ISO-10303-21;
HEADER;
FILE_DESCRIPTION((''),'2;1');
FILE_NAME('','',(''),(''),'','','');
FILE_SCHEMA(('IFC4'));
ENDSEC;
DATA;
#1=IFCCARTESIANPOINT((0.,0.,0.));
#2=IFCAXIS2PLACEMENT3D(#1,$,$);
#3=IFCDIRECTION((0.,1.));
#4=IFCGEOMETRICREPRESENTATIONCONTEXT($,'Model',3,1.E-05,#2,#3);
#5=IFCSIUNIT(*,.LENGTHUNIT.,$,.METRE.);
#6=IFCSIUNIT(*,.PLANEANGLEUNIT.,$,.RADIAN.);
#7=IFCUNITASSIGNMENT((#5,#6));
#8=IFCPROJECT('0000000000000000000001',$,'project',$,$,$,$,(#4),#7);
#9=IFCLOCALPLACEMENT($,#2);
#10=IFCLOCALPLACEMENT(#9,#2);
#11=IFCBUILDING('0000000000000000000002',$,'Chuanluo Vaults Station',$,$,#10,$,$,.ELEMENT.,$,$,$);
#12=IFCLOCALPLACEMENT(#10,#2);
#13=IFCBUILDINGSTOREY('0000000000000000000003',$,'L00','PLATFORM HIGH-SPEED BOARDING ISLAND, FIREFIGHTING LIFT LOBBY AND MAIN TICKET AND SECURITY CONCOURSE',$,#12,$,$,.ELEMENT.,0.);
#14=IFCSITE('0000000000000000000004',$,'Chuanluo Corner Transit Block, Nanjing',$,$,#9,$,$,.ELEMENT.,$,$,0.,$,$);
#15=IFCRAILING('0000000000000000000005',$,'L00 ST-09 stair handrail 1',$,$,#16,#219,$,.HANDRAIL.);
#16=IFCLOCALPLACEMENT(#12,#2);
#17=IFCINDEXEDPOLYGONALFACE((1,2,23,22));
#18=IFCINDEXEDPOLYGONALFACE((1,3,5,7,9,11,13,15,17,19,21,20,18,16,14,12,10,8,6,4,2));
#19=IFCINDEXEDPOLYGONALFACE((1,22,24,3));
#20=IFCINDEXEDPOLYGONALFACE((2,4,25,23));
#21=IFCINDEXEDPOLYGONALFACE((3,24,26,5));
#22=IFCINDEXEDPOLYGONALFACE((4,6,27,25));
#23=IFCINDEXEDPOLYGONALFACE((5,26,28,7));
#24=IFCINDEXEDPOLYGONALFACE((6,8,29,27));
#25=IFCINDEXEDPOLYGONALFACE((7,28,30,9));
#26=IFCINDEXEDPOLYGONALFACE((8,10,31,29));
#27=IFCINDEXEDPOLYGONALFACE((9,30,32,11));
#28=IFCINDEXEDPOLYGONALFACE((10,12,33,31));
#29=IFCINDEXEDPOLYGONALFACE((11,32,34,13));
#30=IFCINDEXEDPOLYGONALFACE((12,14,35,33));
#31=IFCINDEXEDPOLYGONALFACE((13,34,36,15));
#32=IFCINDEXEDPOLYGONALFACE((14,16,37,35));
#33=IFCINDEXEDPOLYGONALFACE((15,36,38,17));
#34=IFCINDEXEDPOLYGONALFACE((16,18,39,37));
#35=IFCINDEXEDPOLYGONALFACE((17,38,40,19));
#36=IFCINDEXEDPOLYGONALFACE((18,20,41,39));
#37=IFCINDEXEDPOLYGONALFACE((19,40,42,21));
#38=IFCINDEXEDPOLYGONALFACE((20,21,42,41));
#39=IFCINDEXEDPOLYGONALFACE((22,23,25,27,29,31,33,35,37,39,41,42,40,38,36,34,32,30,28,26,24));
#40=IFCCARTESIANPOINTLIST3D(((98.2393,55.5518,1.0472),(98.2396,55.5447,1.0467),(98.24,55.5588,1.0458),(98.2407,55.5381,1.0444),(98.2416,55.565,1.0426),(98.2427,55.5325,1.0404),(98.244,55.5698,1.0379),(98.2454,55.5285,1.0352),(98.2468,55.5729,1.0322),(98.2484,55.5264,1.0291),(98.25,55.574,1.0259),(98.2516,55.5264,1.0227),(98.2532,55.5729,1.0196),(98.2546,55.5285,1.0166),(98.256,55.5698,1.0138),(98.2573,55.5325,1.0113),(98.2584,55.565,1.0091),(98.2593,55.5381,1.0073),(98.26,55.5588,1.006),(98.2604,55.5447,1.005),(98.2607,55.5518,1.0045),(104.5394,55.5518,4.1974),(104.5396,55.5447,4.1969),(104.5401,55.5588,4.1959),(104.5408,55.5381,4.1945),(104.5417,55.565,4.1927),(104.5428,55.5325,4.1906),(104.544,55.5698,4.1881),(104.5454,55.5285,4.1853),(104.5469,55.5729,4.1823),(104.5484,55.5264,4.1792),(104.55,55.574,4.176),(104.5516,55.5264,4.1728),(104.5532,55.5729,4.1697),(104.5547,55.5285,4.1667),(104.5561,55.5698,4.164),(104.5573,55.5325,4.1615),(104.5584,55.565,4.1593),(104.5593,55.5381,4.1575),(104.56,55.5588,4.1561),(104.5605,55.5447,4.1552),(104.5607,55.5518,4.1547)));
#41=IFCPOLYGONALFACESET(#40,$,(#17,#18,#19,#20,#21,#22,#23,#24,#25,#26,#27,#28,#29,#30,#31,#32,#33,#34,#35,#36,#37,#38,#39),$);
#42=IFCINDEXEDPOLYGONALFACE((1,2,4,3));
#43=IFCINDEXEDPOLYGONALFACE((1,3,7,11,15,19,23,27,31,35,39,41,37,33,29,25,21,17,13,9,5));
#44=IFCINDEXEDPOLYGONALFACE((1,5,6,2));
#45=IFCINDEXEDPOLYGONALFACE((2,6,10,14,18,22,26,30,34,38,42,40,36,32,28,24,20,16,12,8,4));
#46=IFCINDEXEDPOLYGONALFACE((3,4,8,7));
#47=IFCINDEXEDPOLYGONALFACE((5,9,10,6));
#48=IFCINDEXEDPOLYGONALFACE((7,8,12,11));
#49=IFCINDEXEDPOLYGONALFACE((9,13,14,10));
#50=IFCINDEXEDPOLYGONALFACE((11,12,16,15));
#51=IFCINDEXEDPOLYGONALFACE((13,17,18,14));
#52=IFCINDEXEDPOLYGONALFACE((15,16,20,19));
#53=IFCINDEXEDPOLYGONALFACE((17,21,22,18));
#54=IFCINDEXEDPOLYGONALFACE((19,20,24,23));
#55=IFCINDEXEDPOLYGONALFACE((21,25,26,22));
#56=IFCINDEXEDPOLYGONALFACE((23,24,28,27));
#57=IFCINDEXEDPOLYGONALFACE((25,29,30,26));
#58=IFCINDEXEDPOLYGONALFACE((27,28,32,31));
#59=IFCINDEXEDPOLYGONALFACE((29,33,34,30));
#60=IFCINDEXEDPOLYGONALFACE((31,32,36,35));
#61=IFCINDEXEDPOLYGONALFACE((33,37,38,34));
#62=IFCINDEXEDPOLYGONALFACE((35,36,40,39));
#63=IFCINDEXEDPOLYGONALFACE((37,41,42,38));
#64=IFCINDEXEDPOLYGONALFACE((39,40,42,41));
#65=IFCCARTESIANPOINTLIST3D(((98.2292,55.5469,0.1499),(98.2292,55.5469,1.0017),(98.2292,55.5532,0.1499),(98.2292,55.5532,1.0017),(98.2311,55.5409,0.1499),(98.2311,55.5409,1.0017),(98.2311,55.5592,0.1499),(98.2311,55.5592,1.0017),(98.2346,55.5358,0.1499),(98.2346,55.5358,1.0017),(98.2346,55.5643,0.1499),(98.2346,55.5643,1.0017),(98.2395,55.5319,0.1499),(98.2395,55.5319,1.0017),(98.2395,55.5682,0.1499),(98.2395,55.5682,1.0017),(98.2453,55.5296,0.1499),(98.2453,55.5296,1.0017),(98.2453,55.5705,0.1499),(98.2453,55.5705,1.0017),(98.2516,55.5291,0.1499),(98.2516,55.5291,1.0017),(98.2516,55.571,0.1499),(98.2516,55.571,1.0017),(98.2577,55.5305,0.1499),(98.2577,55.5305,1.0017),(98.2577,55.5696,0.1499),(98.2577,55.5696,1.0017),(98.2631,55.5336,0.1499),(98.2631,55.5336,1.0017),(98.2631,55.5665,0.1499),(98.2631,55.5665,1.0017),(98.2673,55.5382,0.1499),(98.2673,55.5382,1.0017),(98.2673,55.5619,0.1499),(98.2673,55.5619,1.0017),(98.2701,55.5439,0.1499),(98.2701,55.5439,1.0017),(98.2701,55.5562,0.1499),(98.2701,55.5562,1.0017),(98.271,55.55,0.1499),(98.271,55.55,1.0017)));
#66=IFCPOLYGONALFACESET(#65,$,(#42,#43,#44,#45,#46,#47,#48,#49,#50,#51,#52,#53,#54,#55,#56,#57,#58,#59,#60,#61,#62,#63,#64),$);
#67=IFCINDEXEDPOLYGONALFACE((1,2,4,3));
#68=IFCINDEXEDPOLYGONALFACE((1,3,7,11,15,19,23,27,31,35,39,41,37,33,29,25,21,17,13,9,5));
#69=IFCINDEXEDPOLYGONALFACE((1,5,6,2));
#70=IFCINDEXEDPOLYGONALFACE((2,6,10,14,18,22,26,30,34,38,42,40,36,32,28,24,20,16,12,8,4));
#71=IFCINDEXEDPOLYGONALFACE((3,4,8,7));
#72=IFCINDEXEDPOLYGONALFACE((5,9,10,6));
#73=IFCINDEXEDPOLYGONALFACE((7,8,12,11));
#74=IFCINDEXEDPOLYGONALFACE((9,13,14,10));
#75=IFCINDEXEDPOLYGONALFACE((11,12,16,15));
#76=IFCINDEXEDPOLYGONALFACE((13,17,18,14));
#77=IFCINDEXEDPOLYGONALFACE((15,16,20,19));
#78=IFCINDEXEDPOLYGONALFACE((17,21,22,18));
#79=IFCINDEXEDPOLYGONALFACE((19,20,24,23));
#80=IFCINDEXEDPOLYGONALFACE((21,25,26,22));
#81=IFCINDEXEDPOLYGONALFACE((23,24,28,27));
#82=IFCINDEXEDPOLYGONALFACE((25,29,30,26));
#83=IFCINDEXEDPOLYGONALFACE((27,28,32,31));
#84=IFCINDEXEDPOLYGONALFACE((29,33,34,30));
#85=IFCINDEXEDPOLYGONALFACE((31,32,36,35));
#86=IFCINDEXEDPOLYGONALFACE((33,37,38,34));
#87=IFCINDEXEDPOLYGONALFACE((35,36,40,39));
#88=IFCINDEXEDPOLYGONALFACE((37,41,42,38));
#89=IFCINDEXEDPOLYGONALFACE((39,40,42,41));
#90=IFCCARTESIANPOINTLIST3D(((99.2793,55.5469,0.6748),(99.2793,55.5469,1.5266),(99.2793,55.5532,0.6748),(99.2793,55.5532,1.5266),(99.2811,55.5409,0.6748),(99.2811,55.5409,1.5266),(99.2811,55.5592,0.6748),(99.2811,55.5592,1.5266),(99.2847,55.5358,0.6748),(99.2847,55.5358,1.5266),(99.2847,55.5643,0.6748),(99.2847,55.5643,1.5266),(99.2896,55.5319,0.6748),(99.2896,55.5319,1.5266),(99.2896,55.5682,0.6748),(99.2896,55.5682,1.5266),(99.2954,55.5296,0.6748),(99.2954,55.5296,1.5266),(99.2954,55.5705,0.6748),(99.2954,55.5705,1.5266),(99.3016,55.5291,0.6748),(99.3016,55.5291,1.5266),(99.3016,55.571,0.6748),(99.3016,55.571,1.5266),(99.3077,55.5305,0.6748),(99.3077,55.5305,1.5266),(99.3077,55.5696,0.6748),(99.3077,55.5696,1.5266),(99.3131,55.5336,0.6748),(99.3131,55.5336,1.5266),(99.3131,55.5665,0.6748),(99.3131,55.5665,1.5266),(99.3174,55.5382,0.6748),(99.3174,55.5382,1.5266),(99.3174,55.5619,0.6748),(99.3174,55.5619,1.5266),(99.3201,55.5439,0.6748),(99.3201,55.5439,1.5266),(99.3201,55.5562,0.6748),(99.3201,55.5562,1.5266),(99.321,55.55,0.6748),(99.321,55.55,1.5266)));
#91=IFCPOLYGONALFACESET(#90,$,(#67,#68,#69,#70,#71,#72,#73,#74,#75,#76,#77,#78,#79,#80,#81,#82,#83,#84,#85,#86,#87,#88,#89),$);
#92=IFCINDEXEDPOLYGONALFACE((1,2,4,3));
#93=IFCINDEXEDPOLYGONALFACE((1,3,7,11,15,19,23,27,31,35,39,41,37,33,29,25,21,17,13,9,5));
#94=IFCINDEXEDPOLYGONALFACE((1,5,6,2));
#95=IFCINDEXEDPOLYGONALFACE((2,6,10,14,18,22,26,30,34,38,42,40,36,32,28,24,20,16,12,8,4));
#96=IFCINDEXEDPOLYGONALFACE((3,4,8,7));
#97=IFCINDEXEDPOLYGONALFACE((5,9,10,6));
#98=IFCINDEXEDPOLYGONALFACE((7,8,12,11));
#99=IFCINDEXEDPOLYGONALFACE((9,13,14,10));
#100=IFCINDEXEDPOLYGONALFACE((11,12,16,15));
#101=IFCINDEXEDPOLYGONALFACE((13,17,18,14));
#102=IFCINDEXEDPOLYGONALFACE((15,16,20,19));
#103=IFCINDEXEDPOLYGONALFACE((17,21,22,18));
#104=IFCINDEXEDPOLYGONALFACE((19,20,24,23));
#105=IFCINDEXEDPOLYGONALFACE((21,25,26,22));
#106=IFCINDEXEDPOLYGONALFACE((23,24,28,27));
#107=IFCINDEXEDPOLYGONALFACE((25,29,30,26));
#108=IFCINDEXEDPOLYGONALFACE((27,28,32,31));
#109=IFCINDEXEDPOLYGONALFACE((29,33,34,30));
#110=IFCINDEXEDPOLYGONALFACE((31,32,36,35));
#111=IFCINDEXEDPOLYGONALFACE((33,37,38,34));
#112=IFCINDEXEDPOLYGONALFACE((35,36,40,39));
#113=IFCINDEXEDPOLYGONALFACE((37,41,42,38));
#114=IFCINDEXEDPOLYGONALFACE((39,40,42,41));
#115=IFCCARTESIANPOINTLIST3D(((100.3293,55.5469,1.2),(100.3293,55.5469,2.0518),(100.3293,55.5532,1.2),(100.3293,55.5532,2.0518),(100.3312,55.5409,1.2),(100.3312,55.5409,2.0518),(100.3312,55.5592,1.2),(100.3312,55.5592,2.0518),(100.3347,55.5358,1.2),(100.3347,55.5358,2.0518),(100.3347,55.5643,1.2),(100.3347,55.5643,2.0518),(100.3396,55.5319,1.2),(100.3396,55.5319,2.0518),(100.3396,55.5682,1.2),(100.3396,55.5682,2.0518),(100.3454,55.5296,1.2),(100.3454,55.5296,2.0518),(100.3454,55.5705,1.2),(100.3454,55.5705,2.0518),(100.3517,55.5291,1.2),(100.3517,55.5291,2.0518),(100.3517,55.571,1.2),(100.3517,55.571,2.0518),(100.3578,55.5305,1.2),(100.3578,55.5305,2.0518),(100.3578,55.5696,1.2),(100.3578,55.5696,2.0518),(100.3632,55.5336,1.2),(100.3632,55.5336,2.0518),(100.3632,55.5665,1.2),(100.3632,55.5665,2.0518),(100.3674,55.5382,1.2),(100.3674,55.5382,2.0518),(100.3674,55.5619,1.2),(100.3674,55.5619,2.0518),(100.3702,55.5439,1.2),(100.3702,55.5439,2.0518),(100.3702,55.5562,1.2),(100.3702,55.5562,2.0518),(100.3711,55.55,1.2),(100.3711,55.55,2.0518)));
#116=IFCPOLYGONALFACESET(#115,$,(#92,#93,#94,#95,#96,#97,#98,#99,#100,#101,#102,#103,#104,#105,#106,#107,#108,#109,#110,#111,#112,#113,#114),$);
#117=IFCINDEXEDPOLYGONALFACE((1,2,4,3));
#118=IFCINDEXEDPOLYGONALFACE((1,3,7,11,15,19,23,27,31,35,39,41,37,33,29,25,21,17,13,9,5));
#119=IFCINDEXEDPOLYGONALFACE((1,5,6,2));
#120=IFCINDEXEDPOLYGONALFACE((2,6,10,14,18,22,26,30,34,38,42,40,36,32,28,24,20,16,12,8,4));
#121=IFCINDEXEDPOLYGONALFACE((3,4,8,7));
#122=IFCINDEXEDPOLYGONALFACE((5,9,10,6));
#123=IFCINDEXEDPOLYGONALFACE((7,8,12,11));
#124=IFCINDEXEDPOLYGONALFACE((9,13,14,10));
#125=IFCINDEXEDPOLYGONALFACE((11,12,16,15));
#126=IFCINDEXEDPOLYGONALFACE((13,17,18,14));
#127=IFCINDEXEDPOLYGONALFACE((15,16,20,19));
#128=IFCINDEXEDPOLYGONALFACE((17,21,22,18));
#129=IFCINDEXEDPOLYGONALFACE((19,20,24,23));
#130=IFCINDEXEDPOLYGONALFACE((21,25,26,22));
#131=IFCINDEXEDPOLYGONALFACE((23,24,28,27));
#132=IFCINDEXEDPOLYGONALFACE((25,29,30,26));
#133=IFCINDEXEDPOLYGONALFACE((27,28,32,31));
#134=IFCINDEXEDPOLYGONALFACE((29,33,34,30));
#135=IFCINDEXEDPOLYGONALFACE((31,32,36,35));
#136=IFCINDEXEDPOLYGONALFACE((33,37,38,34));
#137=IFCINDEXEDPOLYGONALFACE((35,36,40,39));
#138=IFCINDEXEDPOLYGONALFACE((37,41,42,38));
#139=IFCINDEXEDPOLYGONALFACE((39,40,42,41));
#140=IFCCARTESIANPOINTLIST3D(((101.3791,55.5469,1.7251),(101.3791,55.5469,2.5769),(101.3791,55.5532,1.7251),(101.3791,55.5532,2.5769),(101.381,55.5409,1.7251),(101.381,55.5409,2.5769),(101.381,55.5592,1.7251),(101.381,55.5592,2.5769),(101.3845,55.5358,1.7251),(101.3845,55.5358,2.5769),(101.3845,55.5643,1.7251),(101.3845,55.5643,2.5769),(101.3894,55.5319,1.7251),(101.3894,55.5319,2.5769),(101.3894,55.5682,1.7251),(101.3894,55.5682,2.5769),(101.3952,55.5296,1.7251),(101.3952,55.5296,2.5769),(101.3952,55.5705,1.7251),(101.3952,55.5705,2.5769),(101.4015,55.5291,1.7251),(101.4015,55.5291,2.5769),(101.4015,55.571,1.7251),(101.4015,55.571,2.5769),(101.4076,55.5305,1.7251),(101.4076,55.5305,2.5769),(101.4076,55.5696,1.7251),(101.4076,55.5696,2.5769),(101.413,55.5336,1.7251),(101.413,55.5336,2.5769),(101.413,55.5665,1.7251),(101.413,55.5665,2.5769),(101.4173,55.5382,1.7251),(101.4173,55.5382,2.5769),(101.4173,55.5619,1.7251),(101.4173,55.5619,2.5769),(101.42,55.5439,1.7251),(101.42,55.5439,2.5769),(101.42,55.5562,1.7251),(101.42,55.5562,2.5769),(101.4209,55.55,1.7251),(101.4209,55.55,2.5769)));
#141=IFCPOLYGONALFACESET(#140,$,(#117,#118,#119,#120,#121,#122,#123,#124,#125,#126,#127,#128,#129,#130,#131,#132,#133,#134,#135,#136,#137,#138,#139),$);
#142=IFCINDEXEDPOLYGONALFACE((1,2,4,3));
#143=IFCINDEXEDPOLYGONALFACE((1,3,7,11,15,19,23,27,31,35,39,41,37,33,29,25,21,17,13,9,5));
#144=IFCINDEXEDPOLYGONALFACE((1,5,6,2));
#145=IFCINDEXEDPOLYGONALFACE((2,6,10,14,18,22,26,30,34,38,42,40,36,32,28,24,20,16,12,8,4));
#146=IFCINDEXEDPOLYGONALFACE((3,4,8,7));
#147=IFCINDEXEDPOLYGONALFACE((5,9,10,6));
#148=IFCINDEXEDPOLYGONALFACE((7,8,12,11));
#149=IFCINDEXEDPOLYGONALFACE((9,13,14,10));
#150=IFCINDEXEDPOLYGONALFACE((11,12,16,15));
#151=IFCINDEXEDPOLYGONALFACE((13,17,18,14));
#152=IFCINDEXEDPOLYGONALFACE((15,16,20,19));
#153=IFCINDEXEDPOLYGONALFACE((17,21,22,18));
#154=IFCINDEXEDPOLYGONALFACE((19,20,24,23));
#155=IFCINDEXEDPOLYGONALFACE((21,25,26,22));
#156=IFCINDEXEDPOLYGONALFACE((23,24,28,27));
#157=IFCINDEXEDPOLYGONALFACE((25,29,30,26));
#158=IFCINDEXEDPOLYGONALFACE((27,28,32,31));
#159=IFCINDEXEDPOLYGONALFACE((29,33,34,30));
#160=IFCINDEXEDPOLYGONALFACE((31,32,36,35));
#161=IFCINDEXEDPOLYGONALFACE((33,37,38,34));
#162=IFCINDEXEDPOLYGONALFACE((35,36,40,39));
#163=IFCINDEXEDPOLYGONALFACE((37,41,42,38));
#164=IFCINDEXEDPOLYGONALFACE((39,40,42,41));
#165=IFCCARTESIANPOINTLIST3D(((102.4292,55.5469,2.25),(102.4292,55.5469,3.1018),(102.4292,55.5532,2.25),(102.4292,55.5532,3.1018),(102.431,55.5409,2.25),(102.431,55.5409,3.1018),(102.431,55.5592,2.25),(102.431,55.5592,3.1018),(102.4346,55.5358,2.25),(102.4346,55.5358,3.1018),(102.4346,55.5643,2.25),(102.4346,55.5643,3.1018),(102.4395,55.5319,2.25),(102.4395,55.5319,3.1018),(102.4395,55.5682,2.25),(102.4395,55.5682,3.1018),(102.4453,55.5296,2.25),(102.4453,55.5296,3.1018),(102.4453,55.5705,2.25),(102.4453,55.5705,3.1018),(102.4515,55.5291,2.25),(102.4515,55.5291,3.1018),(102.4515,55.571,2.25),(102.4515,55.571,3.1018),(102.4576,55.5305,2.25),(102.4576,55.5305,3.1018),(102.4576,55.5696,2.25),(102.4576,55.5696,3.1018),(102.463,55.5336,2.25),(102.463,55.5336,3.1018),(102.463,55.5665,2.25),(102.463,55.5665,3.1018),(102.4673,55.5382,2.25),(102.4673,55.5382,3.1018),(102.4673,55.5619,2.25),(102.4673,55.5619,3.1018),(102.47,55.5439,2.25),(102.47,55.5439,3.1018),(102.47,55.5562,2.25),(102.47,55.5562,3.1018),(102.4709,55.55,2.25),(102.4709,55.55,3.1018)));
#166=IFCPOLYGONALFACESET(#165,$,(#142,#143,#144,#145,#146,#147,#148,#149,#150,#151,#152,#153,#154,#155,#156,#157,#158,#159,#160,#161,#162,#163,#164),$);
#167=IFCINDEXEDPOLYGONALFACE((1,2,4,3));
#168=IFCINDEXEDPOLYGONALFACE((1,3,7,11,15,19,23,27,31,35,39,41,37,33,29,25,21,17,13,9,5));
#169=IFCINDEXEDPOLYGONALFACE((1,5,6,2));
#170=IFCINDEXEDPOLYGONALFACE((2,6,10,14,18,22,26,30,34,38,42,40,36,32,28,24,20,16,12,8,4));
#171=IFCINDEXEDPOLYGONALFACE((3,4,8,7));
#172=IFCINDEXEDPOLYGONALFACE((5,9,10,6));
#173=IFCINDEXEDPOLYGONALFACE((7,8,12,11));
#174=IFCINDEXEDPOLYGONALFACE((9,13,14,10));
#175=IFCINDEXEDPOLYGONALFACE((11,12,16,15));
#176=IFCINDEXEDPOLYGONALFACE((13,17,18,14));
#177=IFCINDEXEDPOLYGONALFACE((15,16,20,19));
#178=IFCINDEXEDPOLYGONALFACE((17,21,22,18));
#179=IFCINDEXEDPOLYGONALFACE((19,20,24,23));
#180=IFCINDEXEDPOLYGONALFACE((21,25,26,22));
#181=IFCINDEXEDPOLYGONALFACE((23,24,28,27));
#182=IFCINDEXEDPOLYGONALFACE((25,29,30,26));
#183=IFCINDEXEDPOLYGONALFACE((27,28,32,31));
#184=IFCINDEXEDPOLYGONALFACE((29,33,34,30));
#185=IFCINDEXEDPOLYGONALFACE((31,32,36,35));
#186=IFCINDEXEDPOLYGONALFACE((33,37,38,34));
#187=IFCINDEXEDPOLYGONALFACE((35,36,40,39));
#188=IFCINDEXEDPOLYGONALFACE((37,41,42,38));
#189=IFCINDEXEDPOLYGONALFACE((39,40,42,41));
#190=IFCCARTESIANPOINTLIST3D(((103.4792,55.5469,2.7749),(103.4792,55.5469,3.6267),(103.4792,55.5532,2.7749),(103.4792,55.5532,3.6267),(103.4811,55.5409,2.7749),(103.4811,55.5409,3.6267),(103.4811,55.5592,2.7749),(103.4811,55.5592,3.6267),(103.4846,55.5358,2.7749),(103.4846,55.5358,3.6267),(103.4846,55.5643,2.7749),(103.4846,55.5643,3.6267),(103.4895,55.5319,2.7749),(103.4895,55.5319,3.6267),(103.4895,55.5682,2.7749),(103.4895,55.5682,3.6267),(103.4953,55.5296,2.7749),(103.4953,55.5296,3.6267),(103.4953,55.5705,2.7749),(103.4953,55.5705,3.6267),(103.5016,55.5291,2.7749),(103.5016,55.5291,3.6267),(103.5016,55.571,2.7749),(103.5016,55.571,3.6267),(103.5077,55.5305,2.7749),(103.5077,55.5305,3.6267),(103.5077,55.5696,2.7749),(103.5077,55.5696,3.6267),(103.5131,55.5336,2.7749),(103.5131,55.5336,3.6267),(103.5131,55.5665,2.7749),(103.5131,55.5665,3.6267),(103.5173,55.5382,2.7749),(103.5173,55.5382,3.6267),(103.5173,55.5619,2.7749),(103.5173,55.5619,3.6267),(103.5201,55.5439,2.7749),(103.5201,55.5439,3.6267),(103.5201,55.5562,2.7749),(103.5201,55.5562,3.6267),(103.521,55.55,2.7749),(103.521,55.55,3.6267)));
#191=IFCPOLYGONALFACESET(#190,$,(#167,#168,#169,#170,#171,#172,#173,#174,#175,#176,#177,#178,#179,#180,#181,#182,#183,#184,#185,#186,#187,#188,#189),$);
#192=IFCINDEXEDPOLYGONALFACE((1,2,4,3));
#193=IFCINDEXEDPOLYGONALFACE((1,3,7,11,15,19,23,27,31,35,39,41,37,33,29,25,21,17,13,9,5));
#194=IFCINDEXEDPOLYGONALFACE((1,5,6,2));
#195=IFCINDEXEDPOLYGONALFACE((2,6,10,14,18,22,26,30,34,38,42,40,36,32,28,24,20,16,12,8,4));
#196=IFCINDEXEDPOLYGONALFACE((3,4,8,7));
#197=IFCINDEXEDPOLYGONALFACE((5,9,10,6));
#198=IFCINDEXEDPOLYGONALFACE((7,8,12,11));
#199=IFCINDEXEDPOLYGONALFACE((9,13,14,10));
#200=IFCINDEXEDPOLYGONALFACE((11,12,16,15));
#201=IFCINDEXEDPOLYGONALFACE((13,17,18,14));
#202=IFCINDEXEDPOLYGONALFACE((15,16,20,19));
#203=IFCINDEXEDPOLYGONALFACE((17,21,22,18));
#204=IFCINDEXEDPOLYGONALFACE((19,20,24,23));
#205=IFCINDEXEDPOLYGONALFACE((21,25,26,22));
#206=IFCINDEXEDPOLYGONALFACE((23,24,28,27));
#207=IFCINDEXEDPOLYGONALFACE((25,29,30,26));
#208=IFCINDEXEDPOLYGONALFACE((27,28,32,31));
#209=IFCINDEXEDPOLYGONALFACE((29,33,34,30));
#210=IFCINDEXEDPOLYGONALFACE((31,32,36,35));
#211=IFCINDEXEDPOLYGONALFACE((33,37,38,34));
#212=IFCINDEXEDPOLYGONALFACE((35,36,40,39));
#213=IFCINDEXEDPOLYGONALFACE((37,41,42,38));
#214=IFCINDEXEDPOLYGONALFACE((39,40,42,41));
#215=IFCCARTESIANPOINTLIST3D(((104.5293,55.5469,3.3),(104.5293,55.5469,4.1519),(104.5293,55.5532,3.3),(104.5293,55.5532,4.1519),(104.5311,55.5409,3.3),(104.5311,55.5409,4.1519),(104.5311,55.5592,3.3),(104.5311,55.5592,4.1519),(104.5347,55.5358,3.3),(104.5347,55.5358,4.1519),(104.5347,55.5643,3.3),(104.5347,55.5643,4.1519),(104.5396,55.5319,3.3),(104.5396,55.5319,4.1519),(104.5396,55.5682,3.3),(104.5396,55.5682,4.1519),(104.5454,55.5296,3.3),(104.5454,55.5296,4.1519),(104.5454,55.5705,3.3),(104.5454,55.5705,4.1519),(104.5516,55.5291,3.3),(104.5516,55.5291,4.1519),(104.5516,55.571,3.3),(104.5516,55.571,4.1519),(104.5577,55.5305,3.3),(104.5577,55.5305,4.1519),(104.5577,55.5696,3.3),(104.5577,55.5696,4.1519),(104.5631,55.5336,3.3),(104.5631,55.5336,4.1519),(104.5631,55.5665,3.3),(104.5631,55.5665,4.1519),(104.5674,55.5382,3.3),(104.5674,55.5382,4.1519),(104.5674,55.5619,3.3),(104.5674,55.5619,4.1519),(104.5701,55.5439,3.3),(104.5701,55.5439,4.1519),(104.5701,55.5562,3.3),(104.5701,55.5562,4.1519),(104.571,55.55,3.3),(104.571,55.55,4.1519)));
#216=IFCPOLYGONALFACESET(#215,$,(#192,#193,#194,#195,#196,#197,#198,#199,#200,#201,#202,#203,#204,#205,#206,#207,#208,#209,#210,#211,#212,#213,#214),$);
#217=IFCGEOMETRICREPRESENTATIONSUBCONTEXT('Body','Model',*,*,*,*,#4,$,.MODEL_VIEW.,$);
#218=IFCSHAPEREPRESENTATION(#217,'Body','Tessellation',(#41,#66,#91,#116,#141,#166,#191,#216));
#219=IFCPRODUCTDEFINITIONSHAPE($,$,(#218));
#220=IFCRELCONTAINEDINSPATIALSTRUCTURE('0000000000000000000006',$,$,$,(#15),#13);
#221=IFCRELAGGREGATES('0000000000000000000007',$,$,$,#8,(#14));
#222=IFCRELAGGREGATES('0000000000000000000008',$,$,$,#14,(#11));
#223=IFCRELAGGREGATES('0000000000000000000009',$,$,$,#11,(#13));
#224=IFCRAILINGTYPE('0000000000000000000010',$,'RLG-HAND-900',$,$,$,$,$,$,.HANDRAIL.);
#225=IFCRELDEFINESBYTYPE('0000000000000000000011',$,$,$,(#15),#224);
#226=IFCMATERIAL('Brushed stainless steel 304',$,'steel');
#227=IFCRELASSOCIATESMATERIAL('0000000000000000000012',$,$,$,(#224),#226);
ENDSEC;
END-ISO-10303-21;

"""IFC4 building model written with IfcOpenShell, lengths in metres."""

from ifc_helpers import new_model, si_unit, direction, frame, origin, origin_2d, place, context, subcontext, project, spatial, circle, extrude, material, type_object, element, save


model = new_model("IFC4")

# Units and contexts
model_context = context("Model", 3, precision=1e-05, world=origin(), true_north=direction((0.0, 1.0)))
body_context = subcontext(model_context, "Body", "Model", "MODEL_VIEW")
ifc_project = project(units=[si_unit("LENGTHUNIT", "METRE"), si_unit("PLANEANGLEUNIT", "RADIAN")], contexts=[model_context])

# Site, building, storey
site_placement = place(None, origin())
site = spatial("IfcSite", under=ifc_project, at=site_placement, Name="Chuanluo Corner Transit Block, Nanjing", CompositionType="ELEMENT", RefElevation=0.0)
building_placement = place(site_placement, origin())
building = spatial("IfcBuilding", under=site, at=building_placement, Name="Chuanluo Vaults Station", CompositionType="ELEMENT")
storey_placement = place(building_placement, origin())
storey = spatial("IfcBuildingStorey", under=building, at=storey_placement, Name="L00", Description="PLATFORM HIGH-SPEED BOARDING ISLAND, FIREFIGHTING LIFT LOBBY AND MAIN TICKET AND SECURITY CONCOURSE", CompositionType="ELEMENT", Elevation=0.0)

# Railing
ifc_material_1 = material(Name="Brushed stainless steel 304", Category="steel")
railing_type_1 = type_object("IfcRailingType", Name="RLG-HAND-900", PredefinedType="HANDRAIL", material=ifc_material_1)
railing_1_placement = place(storey_placement, frame((98.25, 55.55, 0.1499)))
element("IfcRailing", 1, at=railing_1_placement, inside=storey, type_object=railing_type_1, Name="L00 ST-09 stair handrail 1", PredefinedType="HANDRAIL", context=body_context, shape_type="SweptSolid", body=[
    extrude(circle(Radius=0.0239, at=origin_2d()), frame((0.0, 0.0, 0.876), z_axis=(0.89442, 0.0, 0.447227), x_axis=(0.0, 1.0, 0.0)), (0.0, 0.0, 1.0), 7.0437),
    extrude(circle(Radius=0.021, at=origin_2d()), origin(), (0.0, 0.0, 1.0), 0.8518),
    extrude(circle(Radius=0.021, at=origin_2d()), frame((1.05, 0.0, 0.5249)), (0.0, 0.0, 1.0), 0.8518),
    extrude(circle(Radius=0.021, at=origin_2d()), frame((2.1001, 0.0, 1.05)), (0.0, 0.0, 1.0), 0.8518),
    extrude(circle(Radius=0.021, at=origin_2d()), frame((3.1499, 0.0, 1.5752)), (0.0, 0.0, 1.0), 0.8518),
    extrude(circle(Radius=0.021, at=origin_2d()), frame((4.2, 0.0, 2.1001)), (0.0, 0.0, 1.0), 0.8518),
    extrude(circle(Radius=0.021, at=origin_2d()), frame((5.25, 0.0, 2.625)), (0.0, 0.0, 1.0), 0.8518),
    extrude(circle(Radius=0.021, at=origin_2d()), frame((6.3, 0.0, 3.1501)), (0.0, 0.0, 1.0), 0.8518),
])

save(model, "model.ifc")
